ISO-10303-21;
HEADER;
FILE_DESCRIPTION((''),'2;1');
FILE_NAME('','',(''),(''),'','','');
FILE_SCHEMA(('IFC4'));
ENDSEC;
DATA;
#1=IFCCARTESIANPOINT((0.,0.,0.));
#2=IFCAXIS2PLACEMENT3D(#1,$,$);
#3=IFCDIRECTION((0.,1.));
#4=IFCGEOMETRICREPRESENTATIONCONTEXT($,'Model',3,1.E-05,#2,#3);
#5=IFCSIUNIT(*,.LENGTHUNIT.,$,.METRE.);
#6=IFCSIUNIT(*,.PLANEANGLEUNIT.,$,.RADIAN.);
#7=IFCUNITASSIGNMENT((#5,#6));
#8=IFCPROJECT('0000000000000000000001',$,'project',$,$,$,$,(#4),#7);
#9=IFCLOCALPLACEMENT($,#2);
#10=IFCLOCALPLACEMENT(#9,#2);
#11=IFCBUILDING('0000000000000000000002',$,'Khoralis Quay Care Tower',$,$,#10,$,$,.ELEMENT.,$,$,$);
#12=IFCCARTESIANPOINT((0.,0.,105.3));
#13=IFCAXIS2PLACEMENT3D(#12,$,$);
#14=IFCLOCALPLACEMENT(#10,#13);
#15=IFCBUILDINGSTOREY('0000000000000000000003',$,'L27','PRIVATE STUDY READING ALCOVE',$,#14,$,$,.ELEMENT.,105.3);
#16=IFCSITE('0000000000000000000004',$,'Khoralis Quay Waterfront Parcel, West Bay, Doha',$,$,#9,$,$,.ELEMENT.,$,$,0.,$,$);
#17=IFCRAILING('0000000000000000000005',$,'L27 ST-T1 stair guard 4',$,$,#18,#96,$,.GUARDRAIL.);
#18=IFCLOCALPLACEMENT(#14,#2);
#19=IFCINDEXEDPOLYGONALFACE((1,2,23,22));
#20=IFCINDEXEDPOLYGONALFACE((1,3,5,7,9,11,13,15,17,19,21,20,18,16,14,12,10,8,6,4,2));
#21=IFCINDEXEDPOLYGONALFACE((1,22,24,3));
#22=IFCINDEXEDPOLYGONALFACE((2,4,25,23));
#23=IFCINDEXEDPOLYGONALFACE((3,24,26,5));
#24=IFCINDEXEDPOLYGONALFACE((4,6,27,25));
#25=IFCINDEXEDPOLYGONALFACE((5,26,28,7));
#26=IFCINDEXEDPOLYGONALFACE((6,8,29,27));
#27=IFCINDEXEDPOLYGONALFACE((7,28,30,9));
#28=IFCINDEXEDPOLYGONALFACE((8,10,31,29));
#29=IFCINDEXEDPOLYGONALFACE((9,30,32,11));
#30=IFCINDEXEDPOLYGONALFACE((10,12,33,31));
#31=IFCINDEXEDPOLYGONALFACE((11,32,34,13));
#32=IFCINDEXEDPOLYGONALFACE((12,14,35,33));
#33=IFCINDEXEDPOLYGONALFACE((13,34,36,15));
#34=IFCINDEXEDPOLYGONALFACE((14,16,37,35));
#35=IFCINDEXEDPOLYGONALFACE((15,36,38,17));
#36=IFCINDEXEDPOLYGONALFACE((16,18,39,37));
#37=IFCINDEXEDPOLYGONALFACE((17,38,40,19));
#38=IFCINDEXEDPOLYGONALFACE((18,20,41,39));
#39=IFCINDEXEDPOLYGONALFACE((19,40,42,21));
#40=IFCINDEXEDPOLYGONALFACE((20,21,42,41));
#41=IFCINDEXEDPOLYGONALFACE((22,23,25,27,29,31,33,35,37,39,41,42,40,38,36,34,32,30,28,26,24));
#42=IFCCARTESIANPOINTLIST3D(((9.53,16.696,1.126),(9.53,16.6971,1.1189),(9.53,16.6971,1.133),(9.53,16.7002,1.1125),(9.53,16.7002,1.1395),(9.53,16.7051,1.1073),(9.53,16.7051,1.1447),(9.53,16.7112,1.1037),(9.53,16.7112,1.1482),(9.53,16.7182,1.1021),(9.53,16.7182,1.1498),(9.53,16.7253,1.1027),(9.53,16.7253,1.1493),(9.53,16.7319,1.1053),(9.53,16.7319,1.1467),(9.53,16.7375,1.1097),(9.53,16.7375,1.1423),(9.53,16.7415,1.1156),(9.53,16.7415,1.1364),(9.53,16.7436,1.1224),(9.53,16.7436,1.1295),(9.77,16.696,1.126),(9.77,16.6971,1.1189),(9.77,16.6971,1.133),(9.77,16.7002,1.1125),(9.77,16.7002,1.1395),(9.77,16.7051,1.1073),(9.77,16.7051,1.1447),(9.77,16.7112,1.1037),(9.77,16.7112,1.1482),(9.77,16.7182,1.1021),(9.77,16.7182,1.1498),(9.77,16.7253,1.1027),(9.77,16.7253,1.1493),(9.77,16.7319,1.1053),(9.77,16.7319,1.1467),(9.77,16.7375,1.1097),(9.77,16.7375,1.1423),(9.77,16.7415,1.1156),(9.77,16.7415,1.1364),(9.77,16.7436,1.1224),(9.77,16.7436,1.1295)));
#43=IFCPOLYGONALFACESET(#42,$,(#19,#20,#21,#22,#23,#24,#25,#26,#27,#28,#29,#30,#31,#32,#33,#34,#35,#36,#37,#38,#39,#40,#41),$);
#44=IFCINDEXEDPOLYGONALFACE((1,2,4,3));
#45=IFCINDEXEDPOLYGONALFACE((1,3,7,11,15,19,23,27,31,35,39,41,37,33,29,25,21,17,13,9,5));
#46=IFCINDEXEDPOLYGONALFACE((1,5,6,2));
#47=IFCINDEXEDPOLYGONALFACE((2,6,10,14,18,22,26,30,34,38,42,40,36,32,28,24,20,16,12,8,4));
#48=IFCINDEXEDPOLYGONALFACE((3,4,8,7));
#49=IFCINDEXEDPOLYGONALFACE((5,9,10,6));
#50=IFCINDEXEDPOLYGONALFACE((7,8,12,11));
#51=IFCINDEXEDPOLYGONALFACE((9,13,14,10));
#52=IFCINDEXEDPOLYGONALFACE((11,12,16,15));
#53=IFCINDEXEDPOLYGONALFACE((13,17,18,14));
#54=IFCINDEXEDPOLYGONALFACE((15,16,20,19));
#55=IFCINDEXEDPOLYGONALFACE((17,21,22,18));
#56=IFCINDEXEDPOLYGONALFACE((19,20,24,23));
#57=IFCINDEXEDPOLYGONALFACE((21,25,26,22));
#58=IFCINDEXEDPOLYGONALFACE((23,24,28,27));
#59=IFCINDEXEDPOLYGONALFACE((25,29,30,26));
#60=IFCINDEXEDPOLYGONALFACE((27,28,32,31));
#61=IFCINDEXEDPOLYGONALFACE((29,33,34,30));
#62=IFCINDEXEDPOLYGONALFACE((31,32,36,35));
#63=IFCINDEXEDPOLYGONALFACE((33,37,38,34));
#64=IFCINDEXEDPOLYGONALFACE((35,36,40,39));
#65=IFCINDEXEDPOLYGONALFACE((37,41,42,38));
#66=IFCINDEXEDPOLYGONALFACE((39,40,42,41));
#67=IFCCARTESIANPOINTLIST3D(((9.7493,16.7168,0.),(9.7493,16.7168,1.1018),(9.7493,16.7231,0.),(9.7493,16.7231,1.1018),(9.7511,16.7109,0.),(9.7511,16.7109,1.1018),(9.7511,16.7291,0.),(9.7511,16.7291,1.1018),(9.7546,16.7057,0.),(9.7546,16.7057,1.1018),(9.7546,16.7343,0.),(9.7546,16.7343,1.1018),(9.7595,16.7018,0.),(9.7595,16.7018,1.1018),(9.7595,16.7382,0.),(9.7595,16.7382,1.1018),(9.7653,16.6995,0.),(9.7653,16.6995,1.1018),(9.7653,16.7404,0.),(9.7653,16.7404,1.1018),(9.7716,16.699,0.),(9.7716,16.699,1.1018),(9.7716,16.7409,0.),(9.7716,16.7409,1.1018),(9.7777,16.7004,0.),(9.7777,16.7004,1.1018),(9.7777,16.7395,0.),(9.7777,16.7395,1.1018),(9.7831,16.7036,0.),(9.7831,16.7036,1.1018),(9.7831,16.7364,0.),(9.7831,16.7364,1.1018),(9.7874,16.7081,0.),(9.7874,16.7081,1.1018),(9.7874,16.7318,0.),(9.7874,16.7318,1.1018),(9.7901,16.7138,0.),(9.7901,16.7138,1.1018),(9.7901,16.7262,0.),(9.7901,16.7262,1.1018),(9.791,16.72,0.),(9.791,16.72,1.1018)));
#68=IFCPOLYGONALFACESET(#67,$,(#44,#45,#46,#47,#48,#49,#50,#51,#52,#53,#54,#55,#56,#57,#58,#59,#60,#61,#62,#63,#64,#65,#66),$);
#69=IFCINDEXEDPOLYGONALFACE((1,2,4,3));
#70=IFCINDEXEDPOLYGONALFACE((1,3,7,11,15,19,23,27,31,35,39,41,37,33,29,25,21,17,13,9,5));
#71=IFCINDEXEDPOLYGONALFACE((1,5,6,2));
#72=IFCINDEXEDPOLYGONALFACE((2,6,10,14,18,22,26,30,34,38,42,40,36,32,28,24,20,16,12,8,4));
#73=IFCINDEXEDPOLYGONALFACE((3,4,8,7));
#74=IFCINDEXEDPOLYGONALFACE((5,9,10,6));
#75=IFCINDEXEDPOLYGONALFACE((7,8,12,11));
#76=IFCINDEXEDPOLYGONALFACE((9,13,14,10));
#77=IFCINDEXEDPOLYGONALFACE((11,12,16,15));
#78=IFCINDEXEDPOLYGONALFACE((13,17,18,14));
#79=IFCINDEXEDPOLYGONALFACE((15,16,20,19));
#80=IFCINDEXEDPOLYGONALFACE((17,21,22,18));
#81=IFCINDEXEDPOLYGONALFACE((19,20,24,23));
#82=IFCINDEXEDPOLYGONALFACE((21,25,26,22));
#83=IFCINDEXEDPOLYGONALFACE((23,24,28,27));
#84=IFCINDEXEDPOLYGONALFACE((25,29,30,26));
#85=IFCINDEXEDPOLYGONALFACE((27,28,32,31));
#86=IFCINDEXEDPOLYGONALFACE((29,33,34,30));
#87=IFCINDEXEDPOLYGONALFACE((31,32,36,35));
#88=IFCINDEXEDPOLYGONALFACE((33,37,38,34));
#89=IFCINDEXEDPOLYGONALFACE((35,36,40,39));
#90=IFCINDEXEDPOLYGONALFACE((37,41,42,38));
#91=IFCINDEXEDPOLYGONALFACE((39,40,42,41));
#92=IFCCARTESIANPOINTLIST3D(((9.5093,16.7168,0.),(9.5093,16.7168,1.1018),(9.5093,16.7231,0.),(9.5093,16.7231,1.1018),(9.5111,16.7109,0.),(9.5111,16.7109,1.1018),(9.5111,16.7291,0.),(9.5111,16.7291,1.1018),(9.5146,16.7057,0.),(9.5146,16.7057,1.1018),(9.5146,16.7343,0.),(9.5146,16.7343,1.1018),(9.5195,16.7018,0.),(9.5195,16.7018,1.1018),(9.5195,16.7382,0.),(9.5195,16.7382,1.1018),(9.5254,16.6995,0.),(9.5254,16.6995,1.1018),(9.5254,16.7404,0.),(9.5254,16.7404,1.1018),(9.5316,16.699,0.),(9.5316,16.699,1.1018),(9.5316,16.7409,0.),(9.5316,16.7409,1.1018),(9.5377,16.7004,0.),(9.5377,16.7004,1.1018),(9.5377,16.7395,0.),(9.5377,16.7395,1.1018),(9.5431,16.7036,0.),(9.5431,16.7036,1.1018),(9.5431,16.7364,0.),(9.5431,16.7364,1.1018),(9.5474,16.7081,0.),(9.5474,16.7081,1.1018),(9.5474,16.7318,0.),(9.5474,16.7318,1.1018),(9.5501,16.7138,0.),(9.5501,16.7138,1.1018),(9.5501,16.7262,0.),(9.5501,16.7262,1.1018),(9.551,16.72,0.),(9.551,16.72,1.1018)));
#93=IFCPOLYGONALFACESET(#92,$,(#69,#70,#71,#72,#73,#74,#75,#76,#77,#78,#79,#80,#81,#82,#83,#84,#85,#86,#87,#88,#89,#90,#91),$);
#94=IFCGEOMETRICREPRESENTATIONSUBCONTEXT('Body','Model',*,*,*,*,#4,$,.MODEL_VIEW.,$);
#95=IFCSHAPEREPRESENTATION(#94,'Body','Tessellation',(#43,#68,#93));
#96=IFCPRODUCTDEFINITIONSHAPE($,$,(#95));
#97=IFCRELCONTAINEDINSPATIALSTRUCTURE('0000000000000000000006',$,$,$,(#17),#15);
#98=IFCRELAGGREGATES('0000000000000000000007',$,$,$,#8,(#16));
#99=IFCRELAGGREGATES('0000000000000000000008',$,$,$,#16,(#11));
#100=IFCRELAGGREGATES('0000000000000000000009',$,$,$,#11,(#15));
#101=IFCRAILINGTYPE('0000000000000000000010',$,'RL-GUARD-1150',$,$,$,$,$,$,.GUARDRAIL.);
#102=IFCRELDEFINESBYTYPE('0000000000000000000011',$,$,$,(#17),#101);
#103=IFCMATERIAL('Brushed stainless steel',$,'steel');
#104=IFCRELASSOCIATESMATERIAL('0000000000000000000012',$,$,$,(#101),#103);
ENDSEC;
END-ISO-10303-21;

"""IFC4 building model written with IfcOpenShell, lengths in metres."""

from ifc_helpers import new_model, si_unit, direction, frame, origin, origin_2d, place, context, subcontext, project, spatial, circle, extrude, material, type_object, element, save


model = new_model("IFC4")

# Units and contexts
model_context = context("Model", 3, precision=1e-05, world=origin(), true_north=direction((0.0, 1.0)))
body_context = subcontext(model_context, "Body", "Model", "MODEL_VIEW")
ifc_project = project(units=[si_unit("LENGTHUNIT", "METRE"), si_unit("PLANEANGLEUNIT", "RADIAN")], contexts=[model_context])

# Site, building, storey
site_placement = place(None, origin())
site = spatial("IfcSite", under=ifc_project, at=site_placement, Name="Khoralis Quay Waterfront Parcel, West Bay, Doha", CompositionType="ELEMENT", RefElevation=0.0)
building_placement = place(site_placement, origin())
building = spatial("IfcBuilding", under=site, at=building_placement, Name="Khoralis Quay Care Tower", CompositionType="ELEMENT")
storey_placement = place(building_placement, frame((0.0, 0.0, 105.3)))
storey = spatial("IfcBuildingStorey", under=building, at=storey_placement, Name="L27", Description="PRIVATE STUDY READING ALCOVE", CompositionType="ELEMENT", Elevation=105.3)

# Shared definitions
ifc_material_1 = material(Name="Brushed stainless steel", Category="steel")

# Railing
railing_type_1 = type_object("IfcRailingType", Name="RL-GUARD-1150", PredefinedType="GUARDRAIL", material=ifc_material_1)
railing_1_placement = place(storey_placement, frame((9.77, 16.72, 0.0)))
element("IfcRailing", 1, at=railing_1_placement, inside=storey, type_object=railing_type_1, Name="L27 ST-T1 stair guard 4", PredefinedType="GUARDRAIL", context=body_context, shape_type="SweptSolid", body=[
    extrude(circle(Radius=0.0239, at=origin_2d()), frame((0.0, 0.0, 1.126), z_axis=(-1.0, 0.0, 0.0), x_axis=(0.0, -1.0, 0.0)), (0.0, 0.0, 1.0), 0.24),
    extrude(circle(Radius=0.021, at=origin_2d()), origin(), (0.0, 0.0, 1.0), 1.1018),
    extrude(circle(Radius=0.021, at=origin_2d()), frame((-0.24, 0.0, 0.0)), (0.0, 0.0, 1.0), 1.1018),
])

save(model, "model.ifc")
